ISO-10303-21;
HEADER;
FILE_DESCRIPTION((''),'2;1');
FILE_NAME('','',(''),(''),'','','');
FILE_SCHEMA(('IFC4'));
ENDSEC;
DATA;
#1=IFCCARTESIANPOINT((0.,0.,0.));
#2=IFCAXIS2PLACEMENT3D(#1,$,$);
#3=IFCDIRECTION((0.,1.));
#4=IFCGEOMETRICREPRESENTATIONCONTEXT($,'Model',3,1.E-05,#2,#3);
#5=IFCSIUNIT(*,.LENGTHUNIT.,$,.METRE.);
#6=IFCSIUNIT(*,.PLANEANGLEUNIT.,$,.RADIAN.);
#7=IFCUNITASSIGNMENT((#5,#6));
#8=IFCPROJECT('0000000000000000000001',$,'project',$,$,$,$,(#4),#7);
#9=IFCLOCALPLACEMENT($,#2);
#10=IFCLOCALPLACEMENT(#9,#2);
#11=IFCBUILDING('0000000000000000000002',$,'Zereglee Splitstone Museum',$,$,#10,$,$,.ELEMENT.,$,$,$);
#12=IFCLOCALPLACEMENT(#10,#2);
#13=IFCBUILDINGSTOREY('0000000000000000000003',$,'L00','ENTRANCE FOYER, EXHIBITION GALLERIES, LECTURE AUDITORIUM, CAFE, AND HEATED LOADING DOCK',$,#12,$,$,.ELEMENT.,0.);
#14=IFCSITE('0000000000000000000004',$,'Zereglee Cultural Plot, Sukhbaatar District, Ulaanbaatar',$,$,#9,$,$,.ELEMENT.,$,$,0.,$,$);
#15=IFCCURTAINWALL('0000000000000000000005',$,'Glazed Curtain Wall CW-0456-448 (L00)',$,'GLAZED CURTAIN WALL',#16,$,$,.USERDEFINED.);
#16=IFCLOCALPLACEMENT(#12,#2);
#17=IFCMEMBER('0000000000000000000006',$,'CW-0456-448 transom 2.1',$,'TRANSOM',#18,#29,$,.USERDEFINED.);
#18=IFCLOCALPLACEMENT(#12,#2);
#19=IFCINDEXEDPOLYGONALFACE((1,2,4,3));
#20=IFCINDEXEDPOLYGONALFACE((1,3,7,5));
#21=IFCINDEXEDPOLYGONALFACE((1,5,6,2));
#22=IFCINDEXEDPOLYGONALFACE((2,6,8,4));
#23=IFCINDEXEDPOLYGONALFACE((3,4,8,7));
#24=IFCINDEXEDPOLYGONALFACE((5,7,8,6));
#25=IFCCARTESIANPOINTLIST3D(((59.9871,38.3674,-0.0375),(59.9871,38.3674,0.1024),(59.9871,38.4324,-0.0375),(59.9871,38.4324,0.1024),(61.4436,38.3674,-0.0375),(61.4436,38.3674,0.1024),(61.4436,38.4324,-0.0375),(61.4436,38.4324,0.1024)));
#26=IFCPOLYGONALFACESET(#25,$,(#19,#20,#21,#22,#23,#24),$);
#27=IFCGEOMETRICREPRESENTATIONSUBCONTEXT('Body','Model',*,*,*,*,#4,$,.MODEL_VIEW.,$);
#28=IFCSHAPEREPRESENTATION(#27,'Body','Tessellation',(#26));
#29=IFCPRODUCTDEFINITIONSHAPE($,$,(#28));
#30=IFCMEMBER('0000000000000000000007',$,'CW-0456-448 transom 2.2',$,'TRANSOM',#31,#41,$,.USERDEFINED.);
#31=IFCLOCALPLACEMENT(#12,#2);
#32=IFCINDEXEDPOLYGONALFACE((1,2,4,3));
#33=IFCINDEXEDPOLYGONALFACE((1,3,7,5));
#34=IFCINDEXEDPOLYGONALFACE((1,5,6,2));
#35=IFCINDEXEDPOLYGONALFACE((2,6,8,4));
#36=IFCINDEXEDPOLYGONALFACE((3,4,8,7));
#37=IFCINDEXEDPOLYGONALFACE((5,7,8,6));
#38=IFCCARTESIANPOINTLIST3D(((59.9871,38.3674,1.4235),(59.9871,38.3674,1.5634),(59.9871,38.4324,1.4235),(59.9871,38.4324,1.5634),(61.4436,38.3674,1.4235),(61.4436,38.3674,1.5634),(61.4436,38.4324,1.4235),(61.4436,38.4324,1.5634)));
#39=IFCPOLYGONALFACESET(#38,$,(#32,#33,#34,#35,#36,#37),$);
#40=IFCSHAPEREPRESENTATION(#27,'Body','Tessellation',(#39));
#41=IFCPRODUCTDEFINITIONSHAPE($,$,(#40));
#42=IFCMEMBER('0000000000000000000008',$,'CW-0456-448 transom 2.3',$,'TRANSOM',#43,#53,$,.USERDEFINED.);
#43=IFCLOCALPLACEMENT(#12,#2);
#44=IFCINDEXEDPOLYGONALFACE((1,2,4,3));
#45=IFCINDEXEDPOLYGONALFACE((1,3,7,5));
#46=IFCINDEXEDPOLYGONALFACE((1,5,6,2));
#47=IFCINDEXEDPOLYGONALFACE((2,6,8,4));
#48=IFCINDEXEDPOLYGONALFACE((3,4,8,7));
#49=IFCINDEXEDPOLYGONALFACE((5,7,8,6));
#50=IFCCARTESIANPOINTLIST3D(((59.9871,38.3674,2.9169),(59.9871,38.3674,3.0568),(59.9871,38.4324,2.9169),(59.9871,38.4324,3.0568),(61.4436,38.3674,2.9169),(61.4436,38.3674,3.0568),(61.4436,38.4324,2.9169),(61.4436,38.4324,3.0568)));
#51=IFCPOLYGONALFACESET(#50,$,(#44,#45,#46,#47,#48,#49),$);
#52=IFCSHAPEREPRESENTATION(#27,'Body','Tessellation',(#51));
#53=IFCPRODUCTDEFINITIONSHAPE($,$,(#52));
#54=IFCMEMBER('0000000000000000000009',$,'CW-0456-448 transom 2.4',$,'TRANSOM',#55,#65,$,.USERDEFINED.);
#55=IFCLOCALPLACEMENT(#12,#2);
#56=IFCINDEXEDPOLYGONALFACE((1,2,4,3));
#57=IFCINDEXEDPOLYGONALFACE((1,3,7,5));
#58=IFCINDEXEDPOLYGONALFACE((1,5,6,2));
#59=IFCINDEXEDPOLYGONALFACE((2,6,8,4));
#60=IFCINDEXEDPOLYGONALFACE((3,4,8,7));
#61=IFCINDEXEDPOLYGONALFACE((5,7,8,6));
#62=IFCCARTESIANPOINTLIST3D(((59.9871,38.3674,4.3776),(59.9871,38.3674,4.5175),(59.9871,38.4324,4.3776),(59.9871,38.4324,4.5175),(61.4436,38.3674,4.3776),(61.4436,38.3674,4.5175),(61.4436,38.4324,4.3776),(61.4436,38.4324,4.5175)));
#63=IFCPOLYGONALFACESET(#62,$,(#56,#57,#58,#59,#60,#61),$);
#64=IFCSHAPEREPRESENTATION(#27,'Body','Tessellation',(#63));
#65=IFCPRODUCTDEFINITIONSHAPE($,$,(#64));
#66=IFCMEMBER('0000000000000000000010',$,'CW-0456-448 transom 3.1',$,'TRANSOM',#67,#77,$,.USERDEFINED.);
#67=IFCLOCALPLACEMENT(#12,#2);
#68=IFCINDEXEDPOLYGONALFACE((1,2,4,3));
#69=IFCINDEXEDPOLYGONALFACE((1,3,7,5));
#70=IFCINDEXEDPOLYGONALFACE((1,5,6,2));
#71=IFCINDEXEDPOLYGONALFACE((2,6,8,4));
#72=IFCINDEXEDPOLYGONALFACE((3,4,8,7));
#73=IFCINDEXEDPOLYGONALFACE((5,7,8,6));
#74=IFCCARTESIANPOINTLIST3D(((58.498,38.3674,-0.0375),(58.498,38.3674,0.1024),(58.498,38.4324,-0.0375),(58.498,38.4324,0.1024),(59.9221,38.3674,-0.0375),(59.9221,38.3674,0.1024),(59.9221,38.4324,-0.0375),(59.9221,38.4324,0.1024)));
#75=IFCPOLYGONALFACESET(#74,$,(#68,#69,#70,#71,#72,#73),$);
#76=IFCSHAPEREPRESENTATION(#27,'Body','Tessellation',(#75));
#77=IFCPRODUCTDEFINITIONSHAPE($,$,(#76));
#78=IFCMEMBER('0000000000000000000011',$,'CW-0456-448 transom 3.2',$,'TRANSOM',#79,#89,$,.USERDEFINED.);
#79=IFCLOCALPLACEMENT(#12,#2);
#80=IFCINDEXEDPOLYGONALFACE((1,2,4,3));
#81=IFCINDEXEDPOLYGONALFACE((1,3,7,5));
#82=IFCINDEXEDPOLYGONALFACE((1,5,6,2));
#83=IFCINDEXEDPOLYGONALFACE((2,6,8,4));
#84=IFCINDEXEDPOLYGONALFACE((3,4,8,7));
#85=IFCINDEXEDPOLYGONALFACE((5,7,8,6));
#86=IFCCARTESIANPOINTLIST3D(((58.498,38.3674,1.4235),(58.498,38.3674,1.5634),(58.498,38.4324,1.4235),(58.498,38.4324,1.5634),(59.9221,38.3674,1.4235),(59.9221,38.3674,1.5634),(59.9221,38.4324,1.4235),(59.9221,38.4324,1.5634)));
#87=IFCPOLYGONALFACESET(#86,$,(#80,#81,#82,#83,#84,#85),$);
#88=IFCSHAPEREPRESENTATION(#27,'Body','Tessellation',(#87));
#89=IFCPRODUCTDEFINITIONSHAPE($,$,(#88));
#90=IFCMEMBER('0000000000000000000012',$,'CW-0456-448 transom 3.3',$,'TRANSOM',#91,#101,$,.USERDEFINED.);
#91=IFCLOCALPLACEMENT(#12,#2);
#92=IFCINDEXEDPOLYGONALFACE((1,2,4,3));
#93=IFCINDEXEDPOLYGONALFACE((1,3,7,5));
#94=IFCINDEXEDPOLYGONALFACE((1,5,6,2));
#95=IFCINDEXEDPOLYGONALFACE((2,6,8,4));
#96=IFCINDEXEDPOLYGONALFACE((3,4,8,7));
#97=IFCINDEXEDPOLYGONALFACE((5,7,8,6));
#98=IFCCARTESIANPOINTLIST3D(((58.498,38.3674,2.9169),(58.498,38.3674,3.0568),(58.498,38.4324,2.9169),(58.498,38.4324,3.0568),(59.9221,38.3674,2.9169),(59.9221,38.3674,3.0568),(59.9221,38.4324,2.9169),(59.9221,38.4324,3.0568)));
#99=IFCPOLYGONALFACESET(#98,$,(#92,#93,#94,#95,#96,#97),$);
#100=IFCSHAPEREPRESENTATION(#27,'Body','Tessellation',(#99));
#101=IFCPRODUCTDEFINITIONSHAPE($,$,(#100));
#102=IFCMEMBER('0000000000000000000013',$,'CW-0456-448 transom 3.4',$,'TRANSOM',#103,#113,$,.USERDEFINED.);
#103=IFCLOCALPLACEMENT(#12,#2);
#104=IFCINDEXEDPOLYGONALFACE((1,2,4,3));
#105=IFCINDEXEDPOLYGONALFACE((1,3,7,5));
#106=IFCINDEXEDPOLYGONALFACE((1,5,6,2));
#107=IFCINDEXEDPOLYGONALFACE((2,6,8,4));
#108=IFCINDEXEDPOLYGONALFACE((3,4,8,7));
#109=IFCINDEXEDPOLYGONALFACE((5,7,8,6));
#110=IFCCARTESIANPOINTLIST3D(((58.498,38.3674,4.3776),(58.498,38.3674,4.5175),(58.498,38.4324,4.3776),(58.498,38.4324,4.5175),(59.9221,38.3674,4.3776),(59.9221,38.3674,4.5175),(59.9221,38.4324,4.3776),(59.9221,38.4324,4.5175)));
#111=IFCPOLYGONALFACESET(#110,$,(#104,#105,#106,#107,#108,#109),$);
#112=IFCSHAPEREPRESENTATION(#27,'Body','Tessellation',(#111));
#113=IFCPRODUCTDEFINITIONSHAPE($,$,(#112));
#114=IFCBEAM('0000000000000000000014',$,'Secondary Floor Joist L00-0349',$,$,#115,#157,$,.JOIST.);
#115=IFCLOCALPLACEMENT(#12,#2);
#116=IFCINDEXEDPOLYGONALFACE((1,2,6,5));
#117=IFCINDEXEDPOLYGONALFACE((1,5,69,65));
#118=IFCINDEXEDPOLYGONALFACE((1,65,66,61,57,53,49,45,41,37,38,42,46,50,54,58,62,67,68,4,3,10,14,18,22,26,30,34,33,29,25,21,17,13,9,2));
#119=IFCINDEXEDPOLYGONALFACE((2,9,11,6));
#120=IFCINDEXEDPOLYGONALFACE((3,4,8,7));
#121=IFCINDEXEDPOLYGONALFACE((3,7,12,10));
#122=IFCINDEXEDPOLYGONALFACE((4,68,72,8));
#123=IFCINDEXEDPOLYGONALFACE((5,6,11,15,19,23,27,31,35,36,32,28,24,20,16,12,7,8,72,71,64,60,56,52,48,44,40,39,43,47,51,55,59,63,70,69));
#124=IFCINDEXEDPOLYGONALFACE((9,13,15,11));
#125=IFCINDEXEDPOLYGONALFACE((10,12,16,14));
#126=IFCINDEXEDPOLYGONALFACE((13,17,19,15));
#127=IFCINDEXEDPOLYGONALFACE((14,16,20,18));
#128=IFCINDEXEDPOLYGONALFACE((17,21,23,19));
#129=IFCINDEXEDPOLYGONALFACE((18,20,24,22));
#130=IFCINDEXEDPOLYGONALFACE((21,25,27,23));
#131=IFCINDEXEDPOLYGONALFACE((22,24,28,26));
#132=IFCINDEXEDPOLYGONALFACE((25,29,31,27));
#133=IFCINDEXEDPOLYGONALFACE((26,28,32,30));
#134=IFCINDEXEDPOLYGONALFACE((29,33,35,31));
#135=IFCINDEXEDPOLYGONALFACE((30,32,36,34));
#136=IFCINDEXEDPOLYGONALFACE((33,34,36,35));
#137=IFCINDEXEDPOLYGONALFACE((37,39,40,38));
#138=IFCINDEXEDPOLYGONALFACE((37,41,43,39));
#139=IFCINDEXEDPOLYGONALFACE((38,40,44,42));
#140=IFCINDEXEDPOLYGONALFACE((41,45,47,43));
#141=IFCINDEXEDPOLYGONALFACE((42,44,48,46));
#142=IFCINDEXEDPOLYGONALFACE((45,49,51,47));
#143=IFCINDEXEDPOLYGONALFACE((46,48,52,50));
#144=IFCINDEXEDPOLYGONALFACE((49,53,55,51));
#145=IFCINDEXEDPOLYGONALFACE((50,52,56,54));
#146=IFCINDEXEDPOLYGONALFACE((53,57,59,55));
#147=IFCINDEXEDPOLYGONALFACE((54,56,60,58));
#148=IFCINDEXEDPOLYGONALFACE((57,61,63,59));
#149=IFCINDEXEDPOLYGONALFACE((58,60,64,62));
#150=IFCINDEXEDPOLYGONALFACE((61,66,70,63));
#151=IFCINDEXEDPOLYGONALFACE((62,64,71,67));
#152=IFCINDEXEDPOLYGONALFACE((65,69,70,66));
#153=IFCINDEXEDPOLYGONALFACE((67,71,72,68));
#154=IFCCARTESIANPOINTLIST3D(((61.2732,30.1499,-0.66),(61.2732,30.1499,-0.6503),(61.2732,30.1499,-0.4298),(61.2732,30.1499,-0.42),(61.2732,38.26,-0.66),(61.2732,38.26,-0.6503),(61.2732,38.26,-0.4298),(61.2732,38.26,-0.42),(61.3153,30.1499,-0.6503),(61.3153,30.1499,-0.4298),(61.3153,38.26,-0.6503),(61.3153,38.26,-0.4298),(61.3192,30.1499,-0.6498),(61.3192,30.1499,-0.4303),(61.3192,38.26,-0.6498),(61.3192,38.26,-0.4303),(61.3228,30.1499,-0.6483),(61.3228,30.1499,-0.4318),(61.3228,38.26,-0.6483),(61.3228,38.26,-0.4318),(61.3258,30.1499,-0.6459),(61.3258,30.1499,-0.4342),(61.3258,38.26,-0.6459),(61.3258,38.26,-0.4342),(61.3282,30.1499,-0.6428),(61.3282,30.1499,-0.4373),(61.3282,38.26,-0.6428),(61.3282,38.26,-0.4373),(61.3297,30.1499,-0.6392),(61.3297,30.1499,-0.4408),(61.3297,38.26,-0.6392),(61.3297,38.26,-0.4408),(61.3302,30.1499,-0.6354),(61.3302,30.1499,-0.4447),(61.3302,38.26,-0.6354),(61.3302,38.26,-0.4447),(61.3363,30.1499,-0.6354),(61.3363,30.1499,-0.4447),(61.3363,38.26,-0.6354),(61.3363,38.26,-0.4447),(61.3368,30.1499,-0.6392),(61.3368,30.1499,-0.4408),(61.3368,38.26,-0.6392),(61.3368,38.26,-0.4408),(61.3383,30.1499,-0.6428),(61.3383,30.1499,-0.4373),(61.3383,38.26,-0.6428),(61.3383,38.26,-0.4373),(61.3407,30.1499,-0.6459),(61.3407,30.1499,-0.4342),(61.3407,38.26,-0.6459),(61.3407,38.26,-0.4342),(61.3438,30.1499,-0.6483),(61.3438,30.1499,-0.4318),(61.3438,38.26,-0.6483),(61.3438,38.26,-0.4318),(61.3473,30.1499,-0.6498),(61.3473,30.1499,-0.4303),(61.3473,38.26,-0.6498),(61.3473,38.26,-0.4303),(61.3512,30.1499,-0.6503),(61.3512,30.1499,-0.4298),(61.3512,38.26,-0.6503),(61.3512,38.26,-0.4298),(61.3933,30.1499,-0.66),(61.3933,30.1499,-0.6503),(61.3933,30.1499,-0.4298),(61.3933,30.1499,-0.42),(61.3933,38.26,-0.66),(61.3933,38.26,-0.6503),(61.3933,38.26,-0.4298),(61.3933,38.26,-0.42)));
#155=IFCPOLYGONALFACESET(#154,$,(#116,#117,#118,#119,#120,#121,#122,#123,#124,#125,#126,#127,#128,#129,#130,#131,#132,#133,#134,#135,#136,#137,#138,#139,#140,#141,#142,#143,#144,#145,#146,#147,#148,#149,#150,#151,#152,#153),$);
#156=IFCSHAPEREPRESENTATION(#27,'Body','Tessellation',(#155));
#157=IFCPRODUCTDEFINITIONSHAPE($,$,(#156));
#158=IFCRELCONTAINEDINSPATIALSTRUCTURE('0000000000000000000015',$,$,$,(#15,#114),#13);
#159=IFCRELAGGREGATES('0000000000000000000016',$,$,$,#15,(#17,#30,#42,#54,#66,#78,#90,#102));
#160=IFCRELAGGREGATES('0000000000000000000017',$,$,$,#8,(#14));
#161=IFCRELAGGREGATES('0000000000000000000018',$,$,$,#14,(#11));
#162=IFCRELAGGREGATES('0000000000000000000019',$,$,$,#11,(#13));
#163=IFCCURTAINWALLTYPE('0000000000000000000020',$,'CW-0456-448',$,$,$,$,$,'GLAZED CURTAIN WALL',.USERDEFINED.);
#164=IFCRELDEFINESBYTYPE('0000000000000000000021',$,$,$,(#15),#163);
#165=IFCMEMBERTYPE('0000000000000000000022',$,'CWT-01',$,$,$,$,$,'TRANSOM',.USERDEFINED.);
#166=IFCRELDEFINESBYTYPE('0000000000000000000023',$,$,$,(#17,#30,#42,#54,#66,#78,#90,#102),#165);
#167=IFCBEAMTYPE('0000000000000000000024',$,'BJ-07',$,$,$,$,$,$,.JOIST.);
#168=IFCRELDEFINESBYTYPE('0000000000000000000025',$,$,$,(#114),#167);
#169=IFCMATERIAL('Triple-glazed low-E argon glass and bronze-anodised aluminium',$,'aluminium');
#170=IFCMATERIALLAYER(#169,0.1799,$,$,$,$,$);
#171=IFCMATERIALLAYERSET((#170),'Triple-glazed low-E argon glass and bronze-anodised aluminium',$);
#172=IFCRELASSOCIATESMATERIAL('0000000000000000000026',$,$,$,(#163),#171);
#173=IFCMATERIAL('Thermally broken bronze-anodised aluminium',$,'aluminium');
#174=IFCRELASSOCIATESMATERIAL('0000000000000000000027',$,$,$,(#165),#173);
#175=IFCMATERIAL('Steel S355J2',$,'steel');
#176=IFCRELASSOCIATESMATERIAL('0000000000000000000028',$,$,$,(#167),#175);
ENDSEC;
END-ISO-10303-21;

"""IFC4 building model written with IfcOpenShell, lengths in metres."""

from ifc_helpers import new_model, si_unit, direction, frame, origin, origin_2d, place, context, subcontext, project, spatial, rectangle, i_section, extrude, material, layer, layer_set, material_profile, profile_set, type_object, element, aggregate, save


model = new_model("IFC4")

# Units and contexts
model_context = context("Model", 3, precision=1e-05, world=origin(), true_north=direction((0.0, 1.0)))
body_context = subcontext(model_context, "Body", "Model", "MODEL_VIEW")
ifc_project = project(units=[si_unit("LENGTHUNIT", "METRE"), si_unit("PLANEANGLEUNIT", "RADIAN")], contexts=[model_context])

# Site, building, storey
site_placement = place(None, origin())
site = spatial("IfcSite", under=ifc_project, at=site_placement, Name="Zereglee Cultural Plot, Sukhbaatar District, Ulaanbaatar", CompositionType="ELEMENT", RefElevation=0.0)
building_placement = place(site_placement, origin())
building = spatial("IfcBuilding", under=site, at=building_placement, Name="Zereglee Splitstone Museum", CompositionType="ELEMENT")
storey_placement = place(building_placement, origin())
storey = spatial("IfcBuildingStorey", under=building, at=storey_placement, Name="L00", Description="ENTRANCE FOYER, EXHIBITION GALLERIES, LECTURE AUDITORIUM, CAFE, AND HEATED LOADING DOCK", CompositionType="ELEMENT", Elevation=0.0)

# Curtain wall
ifc_material_1 = material(Name="Triple-glazed low-E argon glass and bronze-anodised aluminium", Category="aluminium")
ifc_material_2 = material(Name="Thermally broken bronze-anodised aluminium", Category="aluminium")
ifc_layer_1 = layer(ifc_material_1, 0.1799)
ifc_layer_set_1 = layer_set([ifc_layer_1], Name="Triple-glazed low-E argon glass and bronze-anodised aluminium")
curtain_wall_type_1 = type_object("IfcCurtainWallType", Name="CW-0456-448", ElementType="GLAZED CURTAIN WALL", PredefinedType="USERDEFINED", material=ifc_layer_set_1)
curtain_wall_1_placement = place(storey_placement, origin())
curtain_wall_1 = element("IfcCurtainWall", 1, at=curtain_wall_1_placement, inside=storey, type_object=curtain_wall_type_1, Name="Glazed Curtain Wall CW-0456-448 (L00)", ObjectType="GLAZED CURTAIN WALL", PredefinedType="USERDEFINED")

# Members
ifc_material_profile_1 = material_profile(ifc_material_2, rectangle(XDim=0.0649, YDim=0.1399, at=origin_2d()), Name="CW TRAN 65x140")
ifc_profile_set_1 = profile_set([ifc_material_profile_1], Name="Thermally broken bronze-anodised aluminium")
member_type_1 = type_object("IfcMemberType", Name="CWT-01", ElementType="TRANSOM", PredefinedType="USERDEFINED", material=ifc_profile_set_1)
member_1_placement = place(storey_placement, frame((61.4436, 38.3999, 0.0325), z_axis=(-1.0, 0.0, 0.0), x_axis=(0.0, -1.0, 0.0)))
member_1 = element("IfcMember", 2, at=member_1_placement, type_object=member_type_1, Name="CW-0456-448 transom 2.1", ObjectType="TRANSOM", PredefinedType="USERDEFINED", context=body_context, shape_type="SweptSolid", body=[
    extrude(rectangle(XDim=0.0649, YDim=0.1399, at=origin_2d()), origin(), (0.0, 0.0, 1.0), 1.4565),
])
member_2_placement = place(storey_placement, frame((61.4436, 38.3999, 1.4934), z_axis=(-1.0, 0.0, 0.0), x_axis=(0.0, -1.0, 0.0)))
member_2 = element("IfcMember", 3, at=member_2_placement, type_object=member_type_1, Name="CW-0456-448 transom 2.2", ObjectType="TRANSOM", PredefinedType="USERDEFINED", context=body_context, shape_type="SweptSolid", body=[
    extrude(rectangle(XDim=0.0649, YDim=0.1399, at=origin_2d()), origin(), (0.0, 0.0, 1.0), 1.4565),
])
member_3_placement = place(storey_placement, frame((61.4436, 38.3999, 2.9868), z_axis=(-1.0, 0.0, 0.0), x_axis=(0.0, -1.0, 0.0)))
member_3 = element("IfcMember", 4, at=member_3_placement, type_object=member_type_1, Name="CW-0456-448 transom 2.3", ObjectType="TRANSOM", PredefinedType="USERDEFINED", context=body_context, shape_type="SweptSolid", body=[
    extrude(rectangle(XDim=0.0649, YDim=0.1399, at=origin_2d()), origin(), (0.0, 0.0, 1.0), 1.4565),
])
member_4_placement = place(storey_placement, frame((61.4436, 38.3999, 4.4475), z_axis=(-1.0, 0.0, 0.0), x_axis=(0.0, -1.0, 0.0)))
member_4 = element("IfcMember", 5, at=member_4_placement, type_object=member_type_1, Name="CW-0456-448 transom 2.4", ObjectType="TRANSOM", PredefinedType="USERDEFINED", context=body_context, shape_type="SweptSolid", body=[
    extrude(rectangle(XDim=0.0649, YDim=0.1399, at=origin_2d()), origin(), (0.0, 0.0, 1.0), 1.4565),
])
member_5_placement = place(storey_placement, frame((59.9221, 38.3999, 0.0325), z_axis=(-1.0, 0.0, 0.0), x_axis=(0.0, -1.0, 0.0)))
member_5 = element("IfcMember", 6, at=member_5_placement, type_object=member_type_1, Name="CW-0456-448 transom 3.1", ObjectType="TRANSOM", PredefinedType="USERDEFINED", context=body_context, shape_type="SweptSolid", body=[
    extrude(rectangle(XDim=0.0649, YDim=0.1399, at=origin_2d()), origin(), (0.0, 0.0, 1.0), 1.4241),
])
member_6_placement = place(storey_placement, frame((59.9221, 38.3999, 1.4934), z_axis=(-1.0, 0.0, 0.0), x_axis=(0.0, -1.0, 0.0)))
member_6 = element("IfcMember", 7, at=member_6_placement, type_object=member_type_1, Name="CW-0456-448 transom 3.2", ObjectType="TRANSOM", PredefinedType="USERDEFINED", context=body_context, shape_type="SweptSolid", body=[
    extrude(rectangle(XDim=0.0649, YDim=0.1399, at=origin_2d()), origin(), (0.0, 0.0, 1.0), 1.4241),
])
member_7_placement = place(storey_placement, frame((59.9221, 38.3999, 2.9868), z_axis=(-1.0, 0.0, 0.0), x_axis=(0.0, -1.0, 0.0)))
member_7 = element("IfcMember", 8, at=member_7_placement, type_object=member_type_1, Name="CW-0456-448 transom 3.3", ObjectType="TRANSOM", PredefinedType="USERDEFINED", context=body_context, shape_type="SweptSolid", body=[
    extrude(rectangle(XDim=0.0649, YDim=0.1399, at=origin_2d()), origin(), (0.0, 0.0, 1.0), 1.4241),
])
member_8_placement = place(storey_placement, frame((59.9221, 38.3999, 4.4475), z_axis=(-1.0, 0.0, 0.0), x_axis=(0.0, -1.0, 0.0)))
member_8 = element("IfcMember", 9, at=member_8_placement, type_object=member_type_1, Name="CW-0456-448 transom 3.4", ObjectType="TRANSOM", PredefinedType="USERDEFINED", context=body_context, shape_type="SweptSolid", body=[
    extrude(rectangle(XDim=0.0649, YDim=0.1399, at=origin_2d()), origin(), (0.0, 0.0, 1.0), 1.4241),
])

# Beam
ifc_material_3 = material(Name="Steel S355J2", Category="steel")
ifc_material_profile_2 = material_profile(ifc_material_3, i_section(OverallWidth=0.1201, OverallDepth=0.24, WebThickness=0.0061, FlangeThickness=0.0098, FilletRadius=0.0149, at=origin_2d()), Name="IPE 240")
ifc_profile_set_2 = profile_set([ifc_material_profile_2], Name="Steel S355J2")
beam_type_1 = type_object("IfcBeamType", Name="BJ-07", PredefinedType="JOIST", material=ifc_profile_set_2)
beam_1_placement = place(storey_placement, frame((61.3333, 30.1499, -0.54), z_axis=(0.0, 1.0, 0.0), x_axis=(-1.0, 0.0, 0.0)))
element("IfcBeam", 10, at=beam_1_placement, inside=storey, type_object=beam_type_1, Name="Secondary Floor Joist L00-0349", PredefinedType="JOIST", context=body_context, shape_type="SweptSolid", body=[
    extrude(i_section(OverallWidth=0.1201, OverallDepth=0.24, WebThickness=0.0061, FlangeThickness=0.0098, FilletRadius=0.0149, at=origin_2d()), origin(), (0.0, 0.0, 1.0), 8.1101),
])

aggregate(curtain_wall_1, [member_1, member_2, member_3, member_4, member_5, member_6, member_7, member_8])

save(model, "model.ifc")
